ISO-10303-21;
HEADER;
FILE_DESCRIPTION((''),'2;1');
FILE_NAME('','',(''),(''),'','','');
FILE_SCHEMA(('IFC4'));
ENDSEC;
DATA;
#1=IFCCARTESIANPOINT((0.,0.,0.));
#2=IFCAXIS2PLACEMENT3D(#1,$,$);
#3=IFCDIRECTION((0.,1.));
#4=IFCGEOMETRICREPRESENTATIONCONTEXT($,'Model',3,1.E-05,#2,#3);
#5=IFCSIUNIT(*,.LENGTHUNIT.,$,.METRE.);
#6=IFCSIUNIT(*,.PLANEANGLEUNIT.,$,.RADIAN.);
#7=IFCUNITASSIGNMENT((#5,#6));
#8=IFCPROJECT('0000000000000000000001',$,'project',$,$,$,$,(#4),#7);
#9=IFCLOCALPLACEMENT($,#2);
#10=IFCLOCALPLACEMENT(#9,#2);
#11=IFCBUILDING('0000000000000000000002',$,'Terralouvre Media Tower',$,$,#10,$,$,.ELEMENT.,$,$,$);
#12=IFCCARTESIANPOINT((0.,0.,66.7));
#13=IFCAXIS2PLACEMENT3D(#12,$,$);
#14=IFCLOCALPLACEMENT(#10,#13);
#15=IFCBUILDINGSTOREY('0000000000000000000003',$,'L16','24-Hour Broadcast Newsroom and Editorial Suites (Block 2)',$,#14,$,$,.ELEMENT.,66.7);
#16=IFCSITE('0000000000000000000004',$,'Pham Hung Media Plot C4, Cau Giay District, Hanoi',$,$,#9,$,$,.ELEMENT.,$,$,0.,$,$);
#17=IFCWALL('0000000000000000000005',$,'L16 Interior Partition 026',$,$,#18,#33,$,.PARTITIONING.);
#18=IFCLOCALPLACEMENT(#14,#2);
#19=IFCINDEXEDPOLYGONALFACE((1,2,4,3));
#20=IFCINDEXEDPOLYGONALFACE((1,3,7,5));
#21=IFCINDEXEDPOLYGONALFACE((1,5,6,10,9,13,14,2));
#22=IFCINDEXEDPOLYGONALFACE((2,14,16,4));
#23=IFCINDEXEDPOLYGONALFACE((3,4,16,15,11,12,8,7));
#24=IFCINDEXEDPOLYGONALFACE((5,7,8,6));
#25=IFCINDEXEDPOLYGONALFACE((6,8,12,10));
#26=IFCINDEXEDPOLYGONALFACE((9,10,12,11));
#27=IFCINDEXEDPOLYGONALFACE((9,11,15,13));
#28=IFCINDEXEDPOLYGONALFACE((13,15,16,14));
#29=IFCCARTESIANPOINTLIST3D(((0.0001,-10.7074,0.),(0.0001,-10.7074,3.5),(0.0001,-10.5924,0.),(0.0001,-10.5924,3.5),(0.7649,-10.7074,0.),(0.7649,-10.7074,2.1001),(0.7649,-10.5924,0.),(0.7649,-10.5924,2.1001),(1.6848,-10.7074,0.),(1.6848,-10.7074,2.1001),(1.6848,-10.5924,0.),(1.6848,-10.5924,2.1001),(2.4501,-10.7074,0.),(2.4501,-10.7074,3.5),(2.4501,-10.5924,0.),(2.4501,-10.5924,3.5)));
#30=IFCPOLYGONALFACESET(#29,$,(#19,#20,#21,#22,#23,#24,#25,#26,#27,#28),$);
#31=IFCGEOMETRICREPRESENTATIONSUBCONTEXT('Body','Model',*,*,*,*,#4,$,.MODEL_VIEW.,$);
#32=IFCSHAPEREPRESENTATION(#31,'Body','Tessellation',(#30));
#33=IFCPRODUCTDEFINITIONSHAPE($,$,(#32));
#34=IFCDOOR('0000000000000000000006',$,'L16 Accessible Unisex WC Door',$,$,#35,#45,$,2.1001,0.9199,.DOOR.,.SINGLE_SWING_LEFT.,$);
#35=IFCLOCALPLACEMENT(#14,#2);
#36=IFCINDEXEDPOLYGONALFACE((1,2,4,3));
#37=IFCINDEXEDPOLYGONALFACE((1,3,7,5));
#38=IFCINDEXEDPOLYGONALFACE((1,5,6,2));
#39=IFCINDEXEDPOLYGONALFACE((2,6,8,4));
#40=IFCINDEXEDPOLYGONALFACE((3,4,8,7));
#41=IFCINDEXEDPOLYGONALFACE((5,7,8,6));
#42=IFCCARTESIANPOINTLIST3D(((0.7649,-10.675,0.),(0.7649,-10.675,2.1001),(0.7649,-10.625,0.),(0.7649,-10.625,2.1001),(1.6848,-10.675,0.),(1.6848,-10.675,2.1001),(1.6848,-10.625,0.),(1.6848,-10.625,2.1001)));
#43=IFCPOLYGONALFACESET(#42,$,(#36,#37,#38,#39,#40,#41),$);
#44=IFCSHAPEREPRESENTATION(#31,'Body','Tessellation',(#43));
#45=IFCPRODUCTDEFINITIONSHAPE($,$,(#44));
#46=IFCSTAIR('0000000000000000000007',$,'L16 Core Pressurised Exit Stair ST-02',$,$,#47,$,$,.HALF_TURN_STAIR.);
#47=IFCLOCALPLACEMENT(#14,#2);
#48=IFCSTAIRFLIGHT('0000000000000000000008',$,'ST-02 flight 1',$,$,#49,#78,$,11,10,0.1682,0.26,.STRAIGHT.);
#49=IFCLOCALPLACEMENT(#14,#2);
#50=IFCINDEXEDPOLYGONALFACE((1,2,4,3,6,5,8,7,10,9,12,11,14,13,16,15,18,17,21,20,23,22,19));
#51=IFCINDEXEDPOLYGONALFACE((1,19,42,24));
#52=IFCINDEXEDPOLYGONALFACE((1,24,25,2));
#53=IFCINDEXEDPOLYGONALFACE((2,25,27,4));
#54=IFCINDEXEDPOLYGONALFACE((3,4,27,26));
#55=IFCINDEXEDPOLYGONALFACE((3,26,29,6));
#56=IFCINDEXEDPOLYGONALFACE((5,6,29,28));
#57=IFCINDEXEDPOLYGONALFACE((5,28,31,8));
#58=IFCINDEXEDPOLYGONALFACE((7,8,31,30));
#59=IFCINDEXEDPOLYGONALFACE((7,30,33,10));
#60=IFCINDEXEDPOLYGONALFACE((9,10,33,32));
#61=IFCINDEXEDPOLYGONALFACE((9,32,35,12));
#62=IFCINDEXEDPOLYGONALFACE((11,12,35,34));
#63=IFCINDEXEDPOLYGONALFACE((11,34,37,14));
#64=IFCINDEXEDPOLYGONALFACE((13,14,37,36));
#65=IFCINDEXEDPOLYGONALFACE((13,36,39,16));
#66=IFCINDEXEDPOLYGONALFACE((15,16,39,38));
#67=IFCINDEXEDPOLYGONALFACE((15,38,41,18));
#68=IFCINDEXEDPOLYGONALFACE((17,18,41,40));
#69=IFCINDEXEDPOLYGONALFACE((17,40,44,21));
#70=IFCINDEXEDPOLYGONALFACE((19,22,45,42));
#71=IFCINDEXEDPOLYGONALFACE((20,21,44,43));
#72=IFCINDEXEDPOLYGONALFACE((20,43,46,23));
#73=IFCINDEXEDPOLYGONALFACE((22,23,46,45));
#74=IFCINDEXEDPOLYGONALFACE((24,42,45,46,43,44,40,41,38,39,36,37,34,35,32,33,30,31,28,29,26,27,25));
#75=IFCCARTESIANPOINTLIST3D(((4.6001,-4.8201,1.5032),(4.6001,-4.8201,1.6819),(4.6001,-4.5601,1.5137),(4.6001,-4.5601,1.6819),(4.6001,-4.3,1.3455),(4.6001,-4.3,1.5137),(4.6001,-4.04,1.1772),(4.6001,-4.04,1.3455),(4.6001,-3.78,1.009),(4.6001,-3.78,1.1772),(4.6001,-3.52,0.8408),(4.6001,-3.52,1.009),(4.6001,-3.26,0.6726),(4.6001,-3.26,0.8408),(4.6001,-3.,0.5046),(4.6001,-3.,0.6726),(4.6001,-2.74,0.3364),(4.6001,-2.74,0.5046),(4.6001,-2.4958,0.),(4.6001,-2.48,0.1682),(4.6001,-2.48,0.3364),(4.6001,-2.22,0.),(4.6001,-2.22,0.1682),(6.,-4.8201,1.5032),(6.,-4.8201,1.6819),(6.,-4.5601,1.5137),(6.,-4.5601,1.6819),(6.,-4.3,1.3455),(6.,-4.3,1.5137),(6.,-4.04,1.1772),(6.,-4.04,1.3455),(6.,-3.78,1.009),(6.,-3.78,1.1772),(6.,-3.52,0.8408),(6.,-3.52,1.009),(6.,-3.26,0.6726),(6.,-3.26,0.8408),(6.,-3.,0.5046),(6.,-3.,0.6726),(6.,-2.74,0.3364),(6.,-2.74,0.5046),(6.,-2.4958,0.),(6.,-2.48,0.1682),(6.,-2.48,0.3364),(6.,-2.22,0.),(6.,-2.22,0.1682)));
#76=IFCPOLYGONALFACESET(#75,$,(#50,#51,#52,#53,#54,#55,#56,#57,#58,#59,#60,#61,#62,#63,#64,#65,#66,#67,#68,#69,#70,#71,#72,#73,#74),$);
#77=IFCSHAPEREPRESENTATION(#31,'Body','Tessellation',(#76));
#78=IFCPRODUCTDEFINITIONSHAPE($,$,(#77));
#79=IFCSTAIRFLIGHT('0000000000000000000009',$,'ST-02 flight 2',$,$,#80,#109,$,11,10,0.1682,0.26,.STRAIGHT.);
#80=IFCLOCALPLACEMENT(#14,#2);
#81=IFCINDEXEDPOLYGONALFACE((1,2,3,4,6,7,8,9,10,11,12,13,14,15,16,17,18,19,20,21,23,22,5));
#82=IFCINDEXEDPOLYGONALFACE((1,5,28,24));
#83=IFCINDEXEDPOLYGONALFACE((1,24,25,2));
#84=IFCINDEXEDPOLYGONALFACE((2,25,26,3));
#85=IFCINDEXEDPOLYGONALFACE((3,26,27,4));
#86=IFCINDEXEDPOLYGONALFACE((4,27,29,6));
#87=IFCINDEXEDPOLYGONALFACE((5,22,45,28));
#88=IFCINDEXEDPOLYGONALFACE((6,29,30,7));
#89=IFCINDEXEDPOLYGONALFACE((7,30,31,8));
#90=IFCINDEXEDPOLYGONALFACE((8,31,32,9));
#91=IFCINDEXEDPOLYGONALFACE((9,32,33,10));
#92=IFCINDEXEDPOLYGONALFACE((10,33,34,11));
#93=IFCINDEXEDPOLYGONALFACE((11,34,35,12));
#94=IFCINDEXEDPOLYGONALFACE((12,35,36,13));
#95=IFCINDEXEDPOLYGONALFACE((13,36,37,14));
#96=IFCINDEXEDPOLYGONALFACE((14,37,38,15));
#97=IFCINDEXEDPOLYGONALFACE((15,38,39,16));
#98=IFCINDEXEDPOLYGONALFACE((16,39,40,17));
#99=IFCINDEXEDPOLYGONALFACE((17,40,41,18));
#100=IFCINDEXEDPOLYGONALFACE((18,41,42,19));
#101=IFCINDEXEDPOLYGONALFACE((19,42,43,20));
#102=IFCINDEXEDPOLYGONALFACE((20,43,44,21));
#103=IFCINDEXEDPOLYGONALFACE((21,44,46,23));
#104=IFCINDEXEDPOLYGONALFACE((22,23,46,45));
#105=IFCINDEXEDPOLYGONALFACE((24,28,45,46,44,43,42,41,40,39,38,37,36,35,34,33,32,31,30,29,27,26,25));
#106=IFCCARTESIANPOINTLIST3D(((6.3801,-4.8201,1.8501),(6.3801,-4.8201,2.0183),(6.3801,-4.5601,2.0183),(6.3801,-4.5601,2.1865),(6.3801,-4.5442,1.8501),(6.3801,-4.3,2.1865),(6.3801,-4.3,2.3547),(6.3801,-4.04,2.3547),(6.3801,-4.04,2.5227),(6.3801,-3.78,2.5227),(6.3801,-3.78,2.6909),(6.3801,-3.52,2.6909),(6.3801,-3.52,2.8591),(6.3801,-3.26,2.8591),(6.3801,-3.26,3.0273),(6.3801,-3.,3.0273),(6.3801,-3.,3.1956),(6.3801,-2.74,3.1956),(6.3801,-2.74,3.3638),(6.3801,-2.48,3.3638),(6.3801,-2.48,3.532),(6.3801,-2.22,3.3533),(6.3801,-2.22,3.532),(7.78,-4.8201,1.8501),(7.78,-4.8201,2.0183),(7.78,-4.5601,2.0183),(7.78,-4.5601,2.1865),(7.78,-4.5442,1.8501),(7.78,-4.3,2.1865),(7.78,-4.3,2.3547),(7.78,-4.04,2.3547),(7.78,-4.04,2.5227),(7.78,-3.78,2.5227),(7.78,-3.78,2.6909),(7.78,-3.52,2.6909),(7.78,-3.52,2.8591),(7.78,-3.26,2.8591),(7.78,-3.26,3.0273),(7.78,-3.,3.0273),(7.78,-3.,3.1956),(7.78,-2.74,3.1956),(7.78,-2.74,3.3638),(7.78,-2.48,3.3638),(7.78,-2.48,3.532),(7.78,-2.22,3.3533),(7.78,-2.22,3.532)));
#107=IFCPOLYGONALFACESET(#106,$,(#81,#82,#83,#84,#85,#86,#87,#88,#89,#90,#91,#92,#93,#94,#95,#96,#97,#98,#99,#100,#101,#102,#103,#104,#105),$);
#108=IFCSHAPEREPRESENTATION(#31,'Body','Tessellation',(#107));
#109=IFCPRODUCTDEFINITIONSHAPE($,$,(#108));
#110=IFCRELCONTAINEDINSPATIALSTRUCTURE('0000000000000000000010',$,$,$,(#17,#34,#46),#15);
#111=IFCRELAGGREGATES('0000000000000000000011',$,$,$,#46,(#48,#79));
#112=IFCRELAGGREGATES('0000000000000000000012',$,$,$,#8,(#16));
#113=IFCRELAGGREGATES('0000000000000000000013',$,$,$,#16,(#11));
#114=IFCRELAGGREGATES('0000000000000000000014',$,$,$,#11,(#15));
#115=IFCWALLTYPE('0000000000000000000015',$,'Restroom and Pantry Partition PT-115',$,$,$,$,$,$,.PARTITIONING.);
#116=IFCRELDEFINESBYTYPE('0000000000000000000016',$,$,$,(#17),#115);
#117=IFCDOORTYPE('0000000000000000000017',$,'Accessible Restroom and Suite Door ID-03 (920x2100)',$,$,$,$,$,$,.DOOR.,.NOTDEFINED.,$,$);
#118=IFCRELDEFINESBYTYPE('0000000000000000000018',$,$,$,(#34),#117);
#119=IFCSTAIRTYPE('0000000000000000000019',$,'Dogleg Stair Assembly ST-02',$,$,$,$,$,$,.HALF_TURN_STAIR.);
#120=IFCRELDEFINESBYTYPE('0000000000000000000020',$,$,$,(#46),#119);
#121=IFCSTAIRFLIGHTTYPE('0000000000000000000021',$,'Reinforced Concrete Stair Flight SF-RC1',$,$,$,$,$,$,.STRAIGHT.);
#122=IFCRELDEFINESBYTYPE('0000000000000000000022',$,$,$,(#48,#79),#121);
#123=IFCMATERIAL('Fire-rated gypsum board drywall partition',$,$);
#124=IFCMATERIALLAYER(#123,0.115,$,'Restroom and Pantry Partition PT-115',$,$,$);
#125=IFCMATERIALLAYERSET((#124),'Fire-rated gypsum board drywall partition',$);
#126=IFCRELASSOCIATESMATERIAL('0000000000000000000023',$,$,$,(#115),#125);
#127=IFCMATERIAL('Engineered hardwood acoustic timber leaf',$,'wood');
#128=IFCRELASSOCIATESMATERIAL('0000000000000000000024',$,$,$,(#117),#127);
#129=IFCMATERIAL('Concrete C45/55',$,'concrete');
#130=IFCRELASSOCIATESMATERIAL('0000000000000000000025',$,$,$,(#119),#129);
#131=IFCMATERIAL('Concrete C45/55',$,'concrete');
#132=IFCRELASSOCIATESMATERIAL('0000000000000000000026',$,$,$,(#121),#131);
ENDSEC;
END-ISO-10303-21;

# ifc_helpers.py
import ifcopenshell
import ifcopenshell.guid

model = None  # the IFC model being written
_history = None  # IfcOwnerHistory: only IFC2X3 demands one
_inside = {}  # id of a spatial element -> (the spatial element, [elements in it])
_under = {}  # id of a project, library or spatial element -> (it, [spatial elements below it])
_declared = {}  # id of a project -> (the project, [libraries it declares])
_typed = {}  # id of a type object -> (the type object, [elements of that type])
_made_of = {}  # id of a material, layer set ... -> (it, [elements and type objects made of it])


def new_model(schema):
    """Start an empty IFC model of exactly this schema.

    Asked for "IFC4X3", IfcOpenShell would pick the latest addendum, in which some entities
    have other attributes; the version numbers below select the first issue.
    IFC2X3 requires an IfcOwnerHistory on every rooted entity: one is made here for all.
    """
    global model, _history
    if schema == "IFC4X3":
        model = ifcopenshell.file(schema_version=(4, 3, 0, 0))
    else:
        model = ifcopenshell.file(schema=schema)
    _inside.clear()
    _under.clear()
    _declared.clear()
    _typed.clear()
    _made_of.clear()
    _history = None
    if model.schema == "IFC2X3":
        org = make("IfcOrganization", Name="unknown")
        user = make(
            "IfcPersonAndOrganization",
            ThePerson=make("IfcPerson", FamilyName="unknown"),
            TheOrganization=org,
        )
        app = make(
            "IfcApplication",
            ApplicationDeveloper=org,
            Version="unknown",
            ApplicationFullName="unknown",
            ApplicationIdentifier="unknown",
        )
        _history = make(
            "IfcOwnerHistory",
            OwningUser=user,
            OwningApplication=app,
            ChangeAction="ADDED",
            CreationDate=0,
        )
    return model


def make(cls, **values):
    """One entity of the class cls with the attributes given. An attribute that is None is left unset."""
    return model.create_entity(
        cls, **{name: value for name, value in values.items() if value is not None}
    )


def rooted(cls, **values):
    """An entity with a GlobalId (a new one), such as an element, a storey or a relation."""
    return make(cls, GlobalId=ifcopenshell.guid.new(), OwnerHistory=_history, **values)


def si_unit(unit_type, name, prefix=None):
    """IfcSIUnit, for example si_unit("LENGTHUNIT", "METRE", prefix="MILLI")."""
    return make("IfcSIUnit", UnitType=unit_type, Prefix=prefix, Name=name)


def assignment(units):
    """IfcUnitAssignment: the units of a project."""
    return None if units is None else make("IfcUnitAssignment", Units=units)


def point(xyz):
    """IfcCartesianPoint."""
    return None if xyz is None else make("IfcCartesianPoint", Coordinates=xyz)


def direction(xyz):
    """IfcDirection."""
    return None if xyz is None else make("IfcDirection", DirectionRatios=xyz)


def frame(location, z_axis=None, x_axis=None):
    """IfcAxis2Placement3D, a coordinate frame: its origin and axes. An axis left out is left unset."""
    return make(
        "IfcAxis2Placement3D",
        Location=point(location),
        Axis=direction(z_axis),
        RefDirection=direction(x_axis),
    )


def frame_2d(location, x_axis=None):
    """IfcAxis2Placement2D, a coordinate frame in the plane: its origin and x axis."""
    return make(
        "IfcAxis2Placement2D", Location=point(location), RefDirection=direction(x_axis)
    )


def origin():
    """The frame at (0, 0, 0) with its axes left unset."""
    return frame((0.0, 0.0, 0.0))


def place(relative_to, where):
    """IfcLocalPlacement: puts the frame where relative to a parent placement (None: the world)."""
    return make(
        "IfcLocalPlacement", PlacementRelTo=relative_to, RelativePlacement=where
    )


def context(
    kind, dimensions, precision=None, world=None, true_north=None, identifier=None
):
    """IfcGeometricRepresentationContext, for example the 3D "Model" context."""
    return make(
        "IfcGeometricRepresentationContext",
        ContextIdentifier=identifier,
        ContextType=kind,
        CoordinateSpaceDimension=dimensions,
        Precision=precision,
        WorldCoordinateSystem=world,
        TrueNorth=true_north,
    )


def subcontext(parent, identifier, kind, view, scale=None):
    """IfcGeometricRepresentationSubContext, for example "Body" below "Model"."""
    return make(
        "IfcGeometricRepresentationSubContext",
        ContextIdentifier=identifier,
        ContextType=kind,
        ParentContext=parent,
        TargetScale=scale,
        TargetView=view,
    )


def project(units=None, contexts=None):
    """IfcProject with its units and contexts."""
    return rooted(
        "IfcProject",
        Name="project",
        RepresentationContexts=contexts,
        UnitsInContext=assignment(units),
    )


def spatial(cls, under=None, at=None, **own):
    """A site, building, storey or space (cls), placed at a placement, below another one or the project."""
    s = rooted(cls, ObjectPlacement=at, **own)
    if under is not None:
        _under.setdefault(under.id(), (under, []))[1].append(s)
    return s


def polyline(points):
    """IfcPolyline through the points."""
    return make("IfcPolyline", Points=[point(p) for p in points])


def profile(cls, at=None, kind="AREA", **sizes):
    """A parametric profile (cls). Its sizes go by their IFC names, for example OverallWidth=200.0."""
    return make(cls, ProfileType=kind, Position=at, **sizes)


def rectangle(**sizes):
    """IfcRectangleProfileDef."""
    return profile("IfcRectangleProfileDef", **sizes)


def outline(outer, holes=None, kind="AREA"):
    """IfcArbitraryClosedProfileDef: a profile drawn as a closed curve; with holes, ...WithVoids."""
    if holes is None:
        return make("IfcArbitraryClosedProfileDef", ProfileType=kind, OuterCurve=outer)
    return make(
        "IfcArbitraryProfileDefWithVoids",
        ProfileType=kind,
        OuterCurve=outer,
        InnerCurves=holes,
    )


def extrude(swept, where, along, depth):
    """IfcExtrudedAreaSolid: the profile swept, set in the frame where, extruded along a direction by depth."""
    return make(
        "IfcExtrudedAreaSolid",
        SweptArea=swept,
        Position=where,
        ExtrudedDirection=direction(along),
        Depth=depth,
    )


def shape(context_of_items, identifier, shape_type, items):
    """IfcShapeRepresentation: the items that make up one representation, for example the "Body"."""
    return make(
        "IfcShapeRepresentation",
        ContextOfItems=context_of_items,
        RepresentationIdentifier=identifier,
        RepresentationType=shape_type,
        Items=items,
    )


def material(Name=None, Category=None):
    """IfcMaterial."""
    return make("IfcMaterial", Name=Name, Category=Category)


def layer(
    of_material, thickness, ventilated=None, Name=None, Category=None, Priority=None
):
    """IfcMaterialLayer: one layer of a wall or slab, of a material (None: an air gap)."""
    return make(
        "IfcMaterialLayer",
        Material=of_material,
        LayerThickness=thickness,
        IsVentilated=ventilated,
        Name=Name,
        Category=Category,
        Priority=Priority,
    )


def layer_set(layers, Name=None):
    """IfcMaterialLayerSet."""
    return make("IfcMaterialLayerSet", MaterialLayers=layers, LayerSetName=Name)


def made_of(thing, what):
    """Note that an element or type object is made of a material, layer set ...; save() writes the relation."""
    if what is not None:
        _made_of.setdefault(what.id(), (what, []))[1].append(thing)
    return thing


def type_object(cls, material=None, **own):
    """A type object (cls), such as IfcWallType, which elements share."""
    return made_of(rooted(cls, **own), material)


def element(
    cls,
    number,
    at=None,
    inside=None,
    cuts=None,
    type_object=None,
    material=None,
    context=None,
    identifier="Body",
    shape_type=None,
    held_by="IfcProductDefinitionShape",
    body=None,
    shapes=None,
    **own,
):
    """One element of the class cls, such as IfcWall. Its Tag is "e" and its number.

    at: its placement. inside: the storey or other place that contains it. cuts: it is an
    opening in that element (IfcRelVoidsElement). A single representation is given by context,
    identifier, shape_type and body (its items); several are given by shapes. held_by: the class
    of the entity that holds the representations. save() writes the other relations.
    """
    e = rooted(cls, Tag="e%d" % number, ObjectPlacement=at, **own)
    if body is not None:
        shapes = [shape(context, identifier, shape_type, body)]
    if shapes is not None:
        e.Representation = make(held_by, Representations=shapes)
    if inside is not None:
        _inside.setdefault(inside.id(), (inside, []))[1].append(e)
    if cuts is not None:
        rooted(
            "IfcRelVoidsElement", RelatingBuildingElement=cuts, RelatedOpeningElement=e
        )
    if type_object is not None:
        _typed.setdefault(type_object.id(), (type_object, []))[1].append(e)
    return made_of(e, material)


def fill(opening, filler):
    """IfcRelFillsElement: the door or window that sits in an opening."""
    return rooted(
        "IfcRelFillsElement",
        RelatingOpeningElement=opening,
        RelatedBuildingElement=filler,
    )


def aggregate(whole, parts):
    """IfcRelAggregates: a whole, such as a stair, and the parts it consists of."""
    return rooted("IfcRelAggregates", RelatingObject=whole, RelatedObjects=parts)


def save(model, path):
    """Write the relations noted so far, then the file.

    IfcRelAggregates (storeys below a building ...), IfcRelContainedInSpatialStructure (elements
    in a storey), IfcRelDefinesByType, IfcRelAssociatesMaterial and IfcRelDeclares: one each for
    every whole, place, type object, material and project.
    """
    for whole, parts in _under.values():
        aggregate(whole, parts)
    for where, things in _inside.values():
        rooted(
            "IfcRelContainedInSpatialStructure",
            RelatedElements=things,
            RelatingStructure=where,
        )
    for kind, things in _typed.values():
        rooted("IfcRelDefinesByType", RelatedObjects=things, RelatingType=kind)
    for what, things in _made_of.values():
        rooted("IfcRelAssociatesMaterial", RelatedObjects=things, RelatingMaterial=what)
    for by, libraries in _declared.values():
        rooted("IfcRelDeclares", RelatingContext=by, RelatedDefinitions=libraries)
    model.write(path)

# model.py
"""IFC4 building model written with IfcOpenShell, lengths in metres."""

from ifc_helpers import new_model, si_unit, direction, frame, frame_2d, origin, place, context, subcontext, project, spatial, polyline, rectangle, outline, extrude, material, layer, layer_set, type_object, element, fill, aggregate, save


model = new_model("IFC4")

# Units and contexts
model_context = context("Model", 3, precision=1e-05, world=origin(), true_north=direction((0.0, 1.0)))
body_context = subcontext(model_context, "Body", "Model", "MODEL_VIEW")
ifc_project = project(units=[si_unit("LENGTHUNIT", "METRE"), si_unit("PLANEANGLEUNIT", "RADIAN")], contexts=[model_context])

# Site, building, storey
site_placement = place(None, origin())
site = spatial("IfcSite", under=ifc_project, at=site_placement, Name="Pham Hung Media Plot C4, Cau Giay District, Hanoi", CompositionType="ELEMENT", RefElevation=0.0)
building_placement = place(site_placement, origin())
building = spatial("IfcBuilding", under=site, at=building_placement, Name="Terralouvre Media Tower", CompositionType="ELEMENT")
storey_placement = place(building_placement, frame((0.0, 0.0, 66.7)))
storey = spatial("IfcBuildingStorey", under=building, at=storey_placement, Name="L16", Description="24-Hour Broadcast Newsroom and Editorial Suites (Block 2)", CompositionType="ELEMENT", Elevation=66.7)

# Wall, opening, door
ifc_material_1 = material(Name="Fire-rated gypsum board drywall partition")
ifc_layer_1 = layer(ifc_material_1, 0.115, Name="Restroom and Pantry Partition PT-115")
ifc_layer_set_1 = layer_set([ifc_layer_1], Name="Fire-rated gypsum board drywall partition")
wall_type_1 = type_object("IfcWallType", Name="Restroom and Pantry Partition PT-115", PredefinedType="PARTITIONING", material=ifc_layer_set_1)
wall_1_placement = place(storey_placement, frame((0.0, -10.6499, 0.0), z_axis=(0.0, 0.0, 1.0), x_axis=(1.0, 0.0, 0.0)))
wall_1 = element("IfcWall", 1, at=wall_1_placement, inside=storey, type_object=wall_type_1, Name="L16 Interior Partition 026", PredefinedType="PARTITIONING", context=body_context, shape_type="SweptSolid", body=[
    extrude(rectangle(XDim=2.45, YDim=0.115, at=frame_2d((1.2251, 0.0))), origin(), (0.0, 0.0, 1.0), 3.5),
])
opening_1_placement = place(wall_1_placement, frame((0.7649, 0.0, 0.0)))
opening_1 = element("IfcOpeningElement", 2, at=opening_1_placement, cuts=wall_1, PredefinedType="OPENING", context=body_context, shape_type="SweptSolid", body=[
    extrude(rectangle(XDim=0.9199, YDim=2.1001, at=frame_2d((0.46, 1.05))), frame((0.0, 0.0674, 0.0), z_axis=(0.0, -1.0, 0.0), x_axis=(1.0, 0.0, 0.0)), (0.0, 0.0, 1.0), 0.135),
])
ifc_material_2 = material(Name="Engineered hardwood acoustic timber leaf", Category="wood")
door_type_1 = type_object("IfcDoorType", Name="Accessible Restroom and Suite Door ID-03 (920x2100)", OperationType="NOTDEFINED", PredefinedType="DOOR", material=ifc_material_2)
door_1_placement = place(opening_1_placement, origin())
door_1 = element("IfcDoor", 3, at=door_1_placement, inside=storey, type_object=door_type_1, Name="L16 Accessible Unisex WC Door", OperationType="SINGLE_SWING_LEFT", OverallHeight=2.1001, OverallWidth=0.9199, PredefinedType="DOOR", context=body_context, shape_type="SweptSolid", body=[
    extrude(rectangle(XDim=0.9199, YDim=2.1001, at=frame_2d((0.46, 1.05))), frame((0.0, 0.0249, 0.0), z_axis=(0.0, -1.0, 0.0), x_axis=(1.0, 0.0, 0.0)), (0.0, 0.0, 1.0), 0.05),
])
fill(opening_1, door_1)

# Stair, stair flights
ifc_material_3 = material(Name="Concrete C45/55", Category="concrete")
stair_type = type_object("IfcStairType", Name="Dogleg Stair Assembly ST-02", PredefinedType="HALF_TURN_STAIR", material=ifc_material_3)
stair_placement = place(storey_placement, origin())
stair = element("IfcStair", 4, at=stair_placement, inside=storey, type_object=stair_type, Name="L16 Core Pressurised Exit Stair ST-02", PredefinedType="HALF_TURN_STAIR")
ifc_material_4 = material(Name="Concrete C45/55", Category="concrete")
stair_flight_type = type_object("IfcStairFlightType", Name="Reinforced Concrete Stair Flight SF-RC1", PredefinedType="STRAIGHT", material=ifc_material_4)
stair_flight_1_placement = place(storey_placement, frame((5.3, -2.22, 0.0), z_axis=(0.0, 0.0, 1.0), x_axis=(0.0, -1.0, 0.0)))
stair_flight_1 = element("IfcStairFlight", 5, at=stair_flight_1_placement, type_object=stair_flight_type, Name="ST-02 flight 1", NumberOfRisers=11, NumberOfTreads=10, PredefinedType="STRAIGHT", RiserHeight=0.1682, TreadLength=0.26, context=body_context, shape_type="SweptSolid", body=[
    extrude(outline(polyline([(0.0, 0.0), (0.0, 0.1682), (0.26, 0.1682), (0.26, 0.3364), (0.52, 0.3364), (0.52, 0.5046), (0.78, 0.5046), (0.78, 0.6726), (1.04, 0.6726), (1.04, 0.8408), (1.3, 0.8408), (1.3, 1.009), (1.5601, 1.009), (1.5601, 1.1772), (1.8201, 1.1772), (1.8201, 1.3455), (2.0801, 1.3455), (2.0801, 1.5137), (2.3401, 1.5137), (2.3401, 1.6819), (2.6001, 1.6819), (2.6001, 1.8501), (2.6001, 1.5032), (0.2759, 0.0), (0.0, 0.0)])), frame((0.0, 0.7, 0.0), z_axis=(0.0, -1.0, 0.0), x_axis=(1.0, 0.0, 0.0)), (0.0, 0.0, 1.0), 1.3999),
])
stair_flight_2_placement = place(storey_placement, frame((7.0801, -4.8201, 1.8501), z_axis=(0.0, 0.0, 1.0), x_axis=(0.0, 1.0, 0.0)))
stair_flight_2 = element("IfcStairFlight", 6, at=stair_flight_2_placement, type_object=stair_flight_type, Name="ST-02 flight 2", NumberOfRisers=11, NumberOfTreads=10, PredefinedType="STRAIGHT", RiserHeight=0.1682, TreadLength=0.26, context=body_context, shape_type="SweptSolid", body=[
    extrude(outline(polyline([(0.0, 0.0), (0.0, 0.1682), (0.26, 0.1682), (0.26, 0.3364), (0.52, 0.3364), (0.52, 0.5046), (0.78, 0.5046), (0.78, 0.6726), (1.04, 0.6726), (1.04, 0.8408), (1.3, 0.8408), (1.3, 1.009), (1.5601, 1.009), (1.5601, 1.1772), (1.8201, 1.1772), (1.8201, 1.3455), (2.0801, 1.3455), (2.0801, 1.5137), (2.3401, 1.5137), (2.3401, 1.6819), (2.6001, 1.6819), (2.6001, 1.8501), (2.6001, 1.5032), (0.2759, 0.0), (0.0, 0.0)])), frame((0.0, 0.7, 0.0), z_axis=(0.0, -1.0, 0.0), x_axis=(1.0, 0.0, 0.0)), (0.0, 0.0, 1.0), 1.3999),
])
aggregate(stair, [stair_flight_1, stair_flight_2])

save(model, "model.ifc")
